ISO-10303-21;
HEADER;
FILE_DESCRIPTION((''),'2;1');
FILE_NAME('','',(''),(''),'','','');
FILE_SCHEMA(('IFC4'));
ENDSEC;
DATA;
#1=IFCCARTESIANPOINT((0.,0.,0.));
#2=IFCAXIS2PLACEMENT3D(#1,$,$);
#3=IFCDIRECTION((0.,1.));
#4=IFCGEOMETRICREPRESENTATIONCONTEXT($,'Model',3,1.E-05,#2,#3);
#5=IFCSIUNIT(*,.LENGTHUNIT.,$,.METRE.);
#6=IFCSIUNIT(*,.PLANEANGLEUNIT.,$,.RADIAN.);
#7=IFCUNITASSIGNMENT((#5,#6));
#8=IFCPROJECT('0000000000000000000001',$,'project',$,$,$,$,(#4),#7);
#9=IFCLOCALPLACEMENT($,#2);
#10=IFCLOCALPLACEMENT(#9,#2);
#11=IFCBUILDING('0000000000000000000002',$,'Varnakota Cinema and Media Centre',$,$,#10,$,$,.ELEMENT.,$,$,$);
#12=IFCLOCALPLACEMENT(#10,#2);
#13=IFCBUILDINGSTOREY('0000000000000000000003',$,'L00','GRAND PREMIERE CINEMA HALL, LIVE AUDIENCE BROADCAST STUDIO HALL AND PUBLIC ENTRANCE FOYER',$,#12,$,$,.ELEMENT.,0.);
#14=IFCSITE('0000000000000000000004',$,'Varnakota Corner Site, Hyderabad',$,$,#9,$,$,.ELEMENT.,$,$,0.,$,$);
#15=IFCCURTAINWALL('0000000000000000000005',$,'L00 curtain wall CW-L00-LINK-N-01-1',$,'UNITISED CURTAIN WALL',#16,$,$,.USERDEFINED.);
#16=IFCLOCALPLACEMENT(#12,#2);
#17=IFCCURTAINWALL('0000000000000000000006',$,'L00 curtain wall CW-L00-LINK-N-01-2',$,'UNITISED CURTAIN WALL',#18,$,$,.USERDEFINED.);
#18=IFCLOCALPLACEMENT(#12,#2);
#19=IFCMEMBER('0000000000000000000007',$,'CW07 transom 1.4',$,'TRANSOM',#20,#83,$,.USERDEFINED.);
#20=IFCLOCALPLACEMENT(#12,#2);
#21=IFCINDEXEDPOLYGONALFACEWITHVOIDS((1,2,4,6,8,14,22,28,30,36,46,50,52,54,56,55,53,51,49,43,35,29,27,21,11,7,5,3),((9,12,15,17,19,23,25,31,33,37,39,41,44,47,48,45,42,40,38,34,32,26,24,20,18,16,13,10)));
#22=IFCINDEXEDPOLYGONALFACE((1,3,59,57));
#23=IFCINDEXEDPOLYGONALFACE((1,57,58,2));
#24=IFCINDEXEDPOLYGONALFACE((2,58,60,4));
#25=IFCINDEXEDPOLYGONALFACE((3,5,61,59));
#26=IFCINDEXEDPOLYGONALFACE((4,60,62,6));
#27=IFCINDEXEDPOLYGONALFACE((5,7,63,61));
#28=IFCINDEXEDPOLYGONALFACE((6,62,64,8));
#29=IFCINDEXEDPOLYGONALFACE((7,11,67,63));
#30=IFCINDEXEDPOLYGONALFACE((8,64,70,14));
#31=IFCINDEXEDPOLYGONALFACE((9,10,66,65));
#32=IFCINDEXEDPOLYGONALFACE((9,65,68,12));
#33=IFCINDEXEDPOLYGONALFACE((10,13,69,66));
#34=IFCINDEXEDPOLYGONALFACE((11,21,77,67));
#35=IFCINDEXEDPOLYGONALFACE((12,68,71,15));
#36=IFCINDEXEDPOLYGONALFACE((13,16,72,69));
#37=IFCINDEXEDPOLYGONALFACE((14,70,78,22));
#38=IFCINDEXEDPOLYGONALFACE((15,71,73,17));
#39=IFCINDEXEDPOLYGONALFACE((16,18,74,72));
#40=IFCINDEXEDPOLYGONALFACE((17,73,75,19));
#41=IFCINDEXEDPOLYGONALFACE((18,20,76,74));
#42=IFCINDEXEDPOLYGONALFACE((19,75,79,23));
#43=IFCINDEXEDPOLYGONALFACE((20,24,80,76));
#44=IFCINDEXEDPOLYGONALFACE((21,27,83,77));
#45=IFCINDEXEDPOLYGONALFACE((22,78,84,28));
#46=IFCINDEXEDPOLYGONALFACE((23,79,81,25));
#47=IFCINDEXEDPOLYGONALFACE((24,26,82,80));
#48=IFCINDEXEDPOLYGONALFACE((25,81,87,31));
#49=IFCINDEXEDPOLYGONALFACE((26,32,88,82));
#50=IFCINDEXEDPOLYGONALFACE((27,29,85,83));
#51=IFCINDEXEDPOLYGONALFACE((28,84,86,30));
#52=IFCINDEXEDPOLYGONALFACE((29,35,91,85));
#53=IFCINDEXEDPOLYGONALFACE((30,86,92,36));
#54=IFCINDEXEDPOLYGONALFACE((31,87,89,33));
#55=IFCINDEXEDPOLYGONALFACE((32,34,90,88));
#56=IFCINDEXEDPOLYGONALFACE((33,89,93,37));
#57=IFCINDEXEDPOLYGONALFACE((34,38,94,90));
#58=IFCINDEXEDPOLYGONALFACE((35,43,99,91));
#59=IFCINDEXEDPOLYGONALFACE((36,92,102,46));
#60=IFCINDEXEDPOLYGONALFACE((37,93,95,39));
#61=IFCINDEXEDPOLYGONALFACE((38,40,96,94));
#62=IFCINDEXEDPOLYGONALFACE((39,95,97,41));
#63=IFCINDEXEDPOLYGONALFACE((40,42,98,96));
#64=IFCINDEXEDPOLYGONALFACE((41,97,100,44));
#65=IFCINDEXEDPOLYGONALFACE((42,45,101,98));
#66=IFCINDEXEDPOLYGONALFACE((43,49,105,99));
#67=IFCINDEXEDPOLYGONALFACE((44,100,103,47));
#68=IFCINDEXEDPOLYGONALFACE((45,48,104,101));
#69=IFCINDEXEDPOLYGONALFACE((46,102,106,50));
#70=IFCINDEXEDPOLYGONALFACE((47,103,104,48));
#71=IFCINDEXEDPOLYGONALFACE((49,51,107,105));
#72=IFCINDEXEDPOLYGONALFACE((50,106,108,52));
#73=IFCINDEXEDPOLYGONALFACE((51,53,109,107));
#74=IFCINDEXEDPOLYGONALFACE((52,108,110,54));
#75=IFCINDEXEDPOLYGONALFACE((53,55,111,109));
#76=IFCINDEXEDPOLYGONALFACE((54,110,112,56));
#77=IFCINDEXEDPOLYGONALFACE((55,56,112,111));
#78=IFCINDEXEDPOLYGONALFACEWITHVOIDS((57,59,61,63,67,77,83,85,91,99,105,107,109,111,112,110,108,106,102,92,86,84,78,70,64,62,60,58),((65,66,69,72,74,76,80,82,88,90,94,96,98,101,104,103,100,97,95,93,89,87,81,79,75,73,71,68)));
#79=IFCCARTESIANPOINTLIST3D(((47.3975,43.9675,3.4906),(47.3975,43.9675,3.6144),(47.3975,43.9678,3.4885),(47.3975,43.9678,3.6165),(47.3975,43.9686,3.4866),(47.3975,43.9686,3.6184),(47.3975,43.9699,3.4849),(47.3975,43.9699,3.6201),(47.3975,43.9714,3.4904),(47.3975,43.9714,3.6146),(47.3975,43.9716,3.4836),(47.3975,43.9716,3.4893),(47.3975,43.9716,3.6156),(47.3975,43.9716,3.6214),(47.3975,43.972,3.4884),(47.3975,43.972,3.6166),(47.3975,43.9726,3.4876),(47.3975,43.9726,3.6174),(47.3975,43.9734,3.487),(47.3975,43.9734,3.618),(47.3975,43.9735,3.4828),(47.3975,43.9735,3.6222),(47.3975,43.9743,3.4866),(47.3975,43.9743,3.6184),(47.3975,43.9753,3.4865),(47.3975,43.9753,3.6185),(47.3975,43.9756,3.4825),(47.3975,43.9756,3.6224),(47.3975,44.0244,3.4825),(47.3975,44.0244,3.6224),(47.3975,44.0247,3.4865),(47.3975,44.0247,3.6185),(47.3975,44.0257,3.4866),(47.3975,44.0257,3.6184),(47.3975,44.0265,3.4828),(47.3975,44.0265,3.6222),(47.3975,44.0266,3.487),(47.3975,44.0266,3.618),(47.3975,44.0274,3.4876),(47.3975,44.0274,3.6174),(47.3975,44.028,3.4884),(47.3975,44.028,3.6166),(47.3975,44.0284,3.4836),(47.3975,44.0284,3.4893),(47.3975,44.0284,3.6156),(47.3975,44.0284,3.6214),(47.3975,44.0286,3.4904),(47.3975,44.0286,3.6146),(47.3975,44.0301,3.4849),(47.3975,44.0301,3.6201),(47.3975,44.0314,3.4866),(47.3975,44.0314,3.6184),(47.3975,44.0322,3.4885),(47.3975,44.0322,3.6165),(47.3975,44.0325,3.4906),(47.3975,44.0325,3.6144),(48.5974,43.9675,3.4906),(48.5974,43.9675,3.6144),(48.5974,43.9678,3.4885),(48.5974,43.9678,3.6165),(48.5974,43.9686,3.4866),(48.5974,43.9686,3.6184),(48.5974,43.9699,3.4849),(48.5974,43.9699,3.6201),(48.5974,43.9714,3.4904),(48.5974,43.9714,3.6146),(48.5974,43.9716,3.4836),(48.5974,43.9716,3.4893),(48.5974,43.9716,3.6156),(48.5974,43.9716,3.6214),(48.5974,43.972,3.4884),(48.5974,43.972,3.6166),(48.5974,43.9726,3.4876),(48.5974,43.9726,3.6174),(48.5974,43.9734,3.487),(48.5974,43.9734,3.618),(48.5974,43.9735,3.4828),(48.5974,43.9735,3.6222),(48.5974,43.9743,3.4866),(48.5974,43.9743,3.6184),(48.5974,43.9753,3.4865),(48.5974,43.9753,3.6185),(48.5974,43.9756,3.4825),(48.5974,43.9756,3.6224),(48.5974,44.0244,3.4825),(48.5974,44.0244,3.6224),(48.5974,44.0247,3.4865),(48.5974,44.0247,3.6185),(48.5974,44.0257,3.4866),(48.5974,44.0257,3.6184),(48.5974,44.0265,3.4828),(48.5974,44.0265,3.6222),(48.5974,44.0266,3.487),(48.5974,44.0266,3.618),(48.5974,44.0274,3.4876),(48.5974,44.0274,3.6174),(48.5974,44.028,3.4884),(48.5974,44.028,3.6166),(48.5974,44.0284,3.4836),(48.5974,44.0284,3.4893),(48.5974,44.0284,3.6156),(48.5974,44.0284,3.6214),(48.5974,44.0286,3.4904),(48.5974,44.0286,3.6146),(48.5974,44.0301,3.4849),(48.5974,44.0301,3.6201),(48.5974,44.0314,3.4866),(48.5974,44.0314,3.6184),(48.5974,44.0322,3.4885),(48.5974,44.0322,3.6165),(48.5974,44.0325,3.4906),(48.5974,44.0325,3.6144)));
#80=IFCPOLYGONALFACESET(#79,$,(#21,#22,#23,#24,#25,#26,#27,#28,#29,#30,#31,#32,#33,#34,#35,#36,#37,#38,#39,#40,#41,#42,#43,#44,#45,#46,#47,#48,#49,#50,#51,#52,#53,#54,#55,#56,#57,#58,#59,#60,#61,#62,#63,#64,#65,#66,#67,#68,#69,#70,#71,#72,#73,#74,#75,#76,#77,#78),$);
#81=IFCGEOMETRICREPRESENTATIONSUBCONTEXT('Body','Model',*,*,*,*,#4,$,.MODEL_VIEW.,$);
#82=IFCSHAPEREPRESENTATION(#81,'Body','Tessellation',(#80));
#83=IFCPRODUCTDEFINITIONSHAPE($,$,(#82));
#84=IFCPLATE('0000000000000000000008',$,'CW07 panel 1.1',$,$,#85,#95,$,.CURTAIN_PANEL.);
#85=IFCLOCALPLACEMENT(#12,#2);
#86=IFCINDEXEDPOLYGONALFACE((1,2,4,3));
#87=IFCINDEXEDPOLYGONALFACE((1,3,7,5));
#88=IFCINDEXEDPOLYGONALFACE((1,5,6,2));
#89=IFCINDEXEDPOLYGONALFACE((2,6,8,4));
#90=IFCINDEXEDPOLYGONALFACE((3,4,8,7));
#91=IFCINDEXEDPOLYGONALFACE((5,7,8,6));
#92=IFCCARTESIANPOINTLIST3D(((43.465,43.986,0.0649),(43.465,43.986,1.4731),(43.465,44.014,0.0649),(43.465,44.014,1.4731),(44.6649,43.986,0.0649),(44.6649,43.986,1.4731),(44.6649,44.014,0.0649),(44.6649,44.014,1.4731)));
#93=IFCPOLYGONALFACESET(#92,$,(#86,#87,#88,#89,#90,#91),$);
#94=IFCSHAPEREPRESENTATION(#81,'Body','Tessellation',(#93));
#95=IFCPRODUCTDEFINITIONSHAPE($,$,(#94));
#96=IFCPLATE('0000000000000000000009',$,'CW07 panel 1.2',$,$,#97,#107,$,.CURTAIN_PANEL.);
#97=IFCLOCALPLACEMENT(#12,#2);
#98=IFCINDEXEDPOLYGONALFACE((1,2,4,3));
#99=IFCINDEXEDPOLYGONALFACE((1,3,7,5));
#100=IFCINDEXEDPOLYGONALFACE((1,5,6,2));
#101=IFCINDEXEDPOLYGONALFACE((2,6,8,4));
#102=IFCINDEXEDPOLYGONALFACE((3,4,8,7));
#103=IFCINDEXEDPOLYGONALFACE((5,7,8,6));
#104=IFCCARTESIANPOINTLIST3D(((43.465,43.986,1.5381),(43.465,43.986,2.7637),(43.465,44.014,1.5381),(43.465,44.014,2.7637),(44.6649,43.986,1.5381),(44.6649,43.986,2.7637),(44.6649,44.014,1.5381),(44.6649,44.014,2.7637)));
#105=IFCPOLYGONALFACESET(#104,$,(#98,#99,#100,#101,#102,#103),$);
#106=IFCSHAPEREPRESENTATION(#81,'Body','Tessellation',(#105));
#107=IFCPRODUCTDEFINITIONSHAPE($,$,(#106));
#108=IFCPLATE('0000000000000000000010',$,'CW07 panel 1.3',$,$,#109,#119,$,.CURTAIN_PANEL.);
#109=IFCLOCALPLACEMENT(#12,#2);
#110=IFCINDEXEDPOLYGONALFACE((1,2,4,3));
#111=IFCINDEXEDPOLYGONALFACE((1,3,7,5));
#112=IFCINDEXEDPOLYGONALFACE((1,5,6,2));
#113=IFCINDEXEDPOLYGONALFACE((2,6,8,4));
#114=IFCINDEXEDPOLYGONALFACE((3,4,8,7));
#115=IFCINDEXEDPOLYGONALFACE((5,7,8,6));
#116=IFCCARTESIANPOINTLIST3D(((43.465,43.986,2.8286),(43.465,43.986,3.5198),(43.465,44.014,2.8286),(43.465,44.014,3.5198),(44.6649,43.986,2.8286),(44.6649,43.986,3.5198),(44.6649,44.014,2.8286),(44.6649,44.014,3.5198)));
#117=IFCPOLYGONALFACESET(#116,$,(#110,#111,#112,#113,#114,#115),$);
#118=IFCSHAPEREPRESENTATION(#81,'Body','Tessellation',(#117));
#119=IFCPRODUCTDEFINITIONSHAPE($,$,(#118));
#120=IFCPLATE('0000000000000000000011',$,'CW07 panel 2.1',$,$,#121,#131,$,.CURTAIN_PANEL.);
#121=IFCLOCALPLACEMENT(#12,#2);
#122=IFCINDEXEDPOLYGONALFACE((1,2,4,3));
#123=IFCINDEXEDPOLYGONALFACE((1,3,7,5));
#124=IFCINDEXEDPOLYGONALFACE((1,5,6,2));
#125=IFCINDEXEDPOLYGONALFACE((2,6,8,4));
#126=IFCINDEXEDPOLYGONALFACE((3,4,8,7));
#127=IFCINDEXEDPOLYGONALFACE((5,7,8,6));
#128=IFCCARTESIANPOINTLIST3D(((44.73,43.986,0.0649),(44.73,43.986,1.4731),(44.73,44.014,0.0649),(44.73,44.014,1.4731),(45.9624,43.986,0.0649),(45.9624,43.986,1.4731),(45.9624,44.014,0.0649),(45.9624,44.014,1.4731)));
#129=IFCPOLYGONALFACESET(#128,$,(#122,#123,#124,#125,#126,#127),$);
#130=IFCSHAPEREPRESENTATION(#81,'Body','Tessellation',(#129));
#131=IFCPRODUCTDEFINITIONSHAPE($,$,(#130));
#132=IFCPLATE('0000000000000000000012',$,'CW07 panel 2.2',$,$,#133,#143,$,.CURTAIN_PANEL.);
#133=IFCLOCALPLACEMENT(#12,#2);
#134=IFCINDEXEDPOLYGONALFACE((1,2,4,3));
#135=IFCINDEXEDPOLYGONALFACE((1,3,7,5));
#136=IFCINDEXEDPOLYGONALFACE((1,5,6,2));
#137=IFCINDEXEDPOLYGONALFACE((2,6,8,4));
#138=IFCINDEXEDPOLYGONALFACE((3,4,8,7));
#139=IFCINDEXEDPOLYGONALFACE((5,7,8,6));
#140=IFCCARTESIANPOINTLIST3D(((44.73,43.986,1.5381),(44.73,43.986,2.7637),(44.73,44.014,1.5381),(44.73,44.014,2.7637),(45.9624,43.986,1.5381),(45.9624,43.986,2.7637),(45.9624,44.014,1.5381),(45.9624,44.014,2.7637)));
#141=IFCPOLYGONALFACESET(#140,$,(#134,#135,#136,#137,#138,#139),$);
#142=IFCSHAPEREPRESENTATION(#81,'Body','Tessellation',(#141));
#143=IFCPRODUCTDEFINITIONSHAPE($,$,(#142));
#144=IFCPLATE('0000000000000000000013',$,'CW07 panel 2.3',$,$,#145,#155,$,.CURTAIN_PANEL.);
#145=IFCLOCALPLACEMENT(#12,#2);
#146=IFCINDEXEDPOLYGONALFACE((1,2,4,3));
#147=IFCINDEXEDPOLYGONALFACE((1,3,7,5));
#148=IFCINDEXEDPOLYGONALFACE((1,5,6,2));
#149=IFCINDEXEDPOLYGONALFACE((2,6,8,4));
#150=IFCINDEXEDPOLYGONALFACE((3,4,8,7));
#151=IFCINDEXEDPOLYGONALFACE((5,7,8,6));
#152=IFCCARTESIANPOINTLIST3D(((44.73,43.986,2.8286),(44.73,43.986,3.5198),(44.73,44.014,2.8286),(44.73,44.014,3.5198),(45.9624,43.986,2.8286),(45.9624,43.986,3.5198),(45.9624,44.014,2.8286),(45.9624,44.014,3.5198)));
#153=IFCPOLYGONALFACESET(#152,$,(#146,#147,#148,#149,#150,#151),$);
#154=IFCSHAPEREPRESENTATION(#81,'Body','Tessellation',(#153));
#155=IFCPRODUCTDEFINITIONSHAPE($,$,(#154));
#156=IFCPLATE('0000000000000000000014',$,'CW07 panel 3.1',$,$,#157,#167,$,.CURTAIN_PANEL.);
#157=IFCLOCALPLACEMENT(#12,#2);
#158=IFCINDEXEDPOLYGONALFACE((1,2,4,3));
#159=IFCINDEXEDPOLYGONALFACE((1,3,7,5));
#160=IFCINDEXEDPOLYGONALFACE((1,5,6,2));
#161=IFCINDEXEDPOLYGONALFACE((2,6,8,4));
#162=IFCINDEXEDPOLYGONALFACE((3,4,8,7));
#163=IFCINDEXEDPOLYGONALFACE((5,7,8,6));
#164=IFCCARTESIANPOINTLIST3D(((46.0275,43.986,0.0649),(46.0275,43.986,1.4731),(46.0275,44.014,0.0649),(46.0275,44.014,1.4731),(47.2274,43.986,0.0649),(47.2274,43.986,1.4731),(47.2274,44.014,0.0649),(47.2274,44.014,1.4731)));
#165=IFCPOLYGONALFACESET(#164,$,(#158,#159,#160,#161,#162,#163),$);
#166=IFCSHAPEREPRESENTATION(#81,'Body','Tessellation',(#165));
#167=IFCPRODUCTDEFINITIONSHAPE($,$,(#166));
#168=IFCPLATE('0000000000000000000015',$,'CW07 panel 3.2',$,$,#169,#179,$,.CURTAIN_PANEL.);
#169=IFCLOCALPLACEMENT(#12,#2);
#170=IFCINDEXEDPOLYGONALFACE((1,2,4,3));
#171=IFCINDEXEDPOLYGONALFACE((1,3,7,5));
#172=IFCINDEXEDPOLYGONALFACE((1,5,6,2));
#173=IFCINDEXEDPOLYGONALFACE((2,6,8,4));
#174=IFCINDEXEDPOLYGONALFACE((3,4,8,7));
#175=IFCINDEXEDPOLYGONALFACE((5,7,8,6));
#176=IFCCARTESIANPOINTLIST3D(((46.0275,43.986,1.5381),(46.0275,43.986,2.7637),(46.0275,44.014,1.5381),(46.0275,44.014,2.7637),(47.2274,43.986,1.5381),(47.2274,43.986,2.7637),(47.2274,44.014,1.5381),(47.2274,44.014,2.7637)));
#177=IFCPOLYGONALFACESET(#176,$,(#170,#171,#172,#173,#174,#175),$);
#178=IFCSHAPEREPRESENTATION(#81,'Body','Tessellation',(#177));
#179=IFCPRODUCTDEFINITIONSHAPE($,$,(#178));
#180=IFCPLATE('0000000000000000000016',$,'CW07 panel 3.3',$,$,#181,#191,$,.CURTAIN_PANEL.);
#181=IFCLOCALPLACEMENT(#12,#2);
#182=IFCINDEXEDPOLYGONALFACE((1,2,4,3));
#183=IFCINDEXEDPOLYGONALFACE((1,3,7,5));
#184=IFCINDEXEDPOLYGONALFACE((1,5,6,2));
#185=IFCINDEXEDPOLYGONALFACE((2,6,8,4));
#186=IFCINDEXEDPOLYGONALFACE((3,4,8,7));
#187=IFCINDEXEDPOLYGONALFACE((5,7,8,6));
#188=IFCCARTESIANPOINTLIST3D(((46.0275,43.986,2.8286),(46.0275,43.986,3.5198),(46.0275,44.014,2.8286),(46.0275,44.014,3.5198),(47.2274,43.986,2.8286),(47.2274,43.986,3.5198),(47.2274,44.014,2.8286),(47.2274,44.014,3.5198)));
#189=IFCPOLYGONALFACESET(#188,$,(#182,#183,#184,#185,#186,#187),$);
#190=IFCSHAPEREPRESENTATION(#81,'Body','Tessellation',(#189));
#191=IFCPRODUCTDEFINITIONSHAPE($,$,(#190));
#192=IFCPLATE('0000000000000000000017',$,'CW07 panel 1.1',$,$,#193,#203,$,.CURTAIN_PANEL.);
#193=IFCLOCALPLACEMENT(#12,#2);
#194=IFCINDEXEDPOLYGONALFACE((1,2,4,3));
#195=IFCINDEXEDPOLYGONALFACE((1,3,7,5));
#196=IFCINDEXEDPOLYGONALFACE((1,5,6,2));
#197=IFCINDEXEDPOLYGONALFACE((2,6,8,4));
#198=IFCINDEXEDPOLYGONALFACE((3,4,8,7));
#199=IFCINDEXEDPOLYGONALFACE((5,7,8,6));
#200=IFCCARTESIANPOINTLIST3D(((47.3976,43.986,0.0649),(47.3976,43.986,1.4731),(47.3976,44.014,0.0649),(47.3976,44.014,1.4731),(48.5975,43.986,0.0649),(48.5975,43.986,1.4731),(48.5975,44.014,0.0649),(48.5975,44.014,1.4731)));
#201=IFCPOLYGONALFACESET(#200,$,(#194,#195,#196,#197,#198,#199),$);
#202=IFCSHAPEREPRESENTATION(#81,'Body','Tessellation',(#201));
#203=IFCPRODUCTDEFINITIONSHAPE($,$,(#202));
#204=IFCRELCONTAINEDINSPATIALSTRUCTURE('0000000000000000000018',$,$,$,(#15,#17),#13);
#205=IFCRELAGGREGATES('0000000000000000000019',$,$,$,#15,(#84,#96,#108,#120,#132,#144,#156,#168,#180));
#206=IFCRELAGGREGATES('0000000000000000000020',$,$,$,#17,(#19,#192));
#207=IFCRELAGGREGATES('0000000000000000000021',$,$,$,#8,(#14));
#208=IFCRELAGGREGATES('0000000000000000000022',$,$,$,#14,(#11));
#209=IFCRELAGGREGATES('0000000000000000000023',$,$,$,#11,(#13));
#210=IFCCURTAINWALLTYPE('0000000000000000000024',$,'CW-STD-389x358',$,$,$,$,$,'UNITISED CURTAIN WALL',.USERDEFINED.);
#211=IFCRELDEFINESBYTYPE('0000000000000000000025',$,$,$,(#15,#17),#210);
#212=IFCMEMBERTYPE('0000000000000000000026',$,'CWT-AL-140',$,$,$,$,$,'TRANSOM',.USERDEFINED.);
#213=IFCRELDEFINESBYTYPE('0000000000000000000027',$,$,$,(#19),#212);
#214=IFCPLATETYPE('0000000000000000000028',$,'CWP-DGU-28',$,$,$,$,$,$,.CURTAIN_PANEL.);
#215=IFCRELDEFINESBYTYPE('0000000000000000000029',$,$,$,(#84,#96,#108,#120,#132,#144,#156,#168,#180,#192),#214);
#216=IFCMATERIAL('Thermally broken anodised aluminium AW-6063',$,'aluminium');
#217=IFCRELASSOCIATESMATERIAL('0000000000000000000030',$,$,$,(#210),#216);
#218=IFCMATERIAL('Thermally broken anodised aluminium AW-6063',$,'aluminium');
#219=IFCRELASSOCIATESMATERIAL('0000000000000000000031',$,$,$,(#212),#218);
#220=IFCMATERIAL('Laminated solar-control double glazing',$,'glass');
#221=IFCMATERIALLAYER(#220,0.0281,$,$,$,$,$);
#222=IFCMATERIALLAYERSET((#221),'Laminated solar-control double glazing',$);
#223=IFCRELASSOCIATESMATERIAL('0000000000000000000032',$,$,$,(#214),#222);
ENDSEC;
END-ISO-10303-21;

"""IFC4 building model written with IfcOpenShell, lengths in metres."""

from ifc_helpers import new_model, si_unit, direction, frame, origin, origin_2d, place, context, subcontext, project, spatial, rectangle, hollow_rectangle, extrude, material, layer, layer_set, material_profile, profile_set, type_object, element, aggregate, save


model = new_model("IFC4")

# Units and contexts
model_context = context("Model", 3, precision=1e-05, world=origin(), true_north=direction((0.0, 1.0)))
body_context = subcontext(model_context, "Body", "Model", "MODEL_VIEW")
ifc_project = project(units=[si_unit("LENGTHUNIT", "METRE"), si_unit("PLANEANGLEUNIT", "RADIAN")], contexts=[model_context])

# Site, building, storey
site_placement = place(None, origin())
site = spatial("IfcSite", under=ifc_project, at=site_placement, Name="Varnakota Corner Site, Hyderabad", CompositionType="ELEMENT", RefElevation=0.0)
building_placement = place(site_placement, origin())
building = spatial("IfcBuilding", under=site, at=building_placement, Name="Varnakota Cinema and Media Centre", CompositionType="ELEMENT")
storey_placement = place(building_placement, origin())
storey = spatial("IfcBuildingStorey", under=building, at=storey_placement, Name="L00", Description="GRAND PREMIERE CINEMA HALL, LIVE AUDIENCE BROADCAST STUDIO HALL AND PUBLIC ENTRANCE FOYER", CompositionType="ELEMENT", Elevation=0.0)

# Curtain wall
ifc_material_1 = material(Name="Thermally broken anodised aluminium AW-6063", Category="aluminium")
curtain_wall_type = type_object("IfcCurtainWallType", Name="CW-STD-389x358", ElementType="UNITISED CURTAIN WALL", PredefinedType="USERDEFINED", material=ifc_material_1)
curtain_wall_1_placement = place(storey_placement, origin())
curtain_wall_1 = element("IfcCurtainWall", 1, at=curtain_wall_1_placement, inside=storey, type_object=curtain_wall_type, Name="L00 curtain wall CW-L00-LINK-N-01-1", ObjectType="UNITISED CURTAIN WALL", PredefinedType="USERDEFINED")

# Curtain wall
curtain_wall_2_placement = place(storey_placement, origin())
curtain_wall_2 = element("IfcCurtainWall", 2, at=curtain_wall_2_placement, inside=storey, type_object=curtain_wall_type, Name="L00 curtain wall CW-L00-LINK-N-01-2", ObjectType="UNITISED CURTAIN WALL", PredefinedType="USERDEFINED")

# Member
ifc_material_2 = material(Name="Thermally broken anodised aluminium AW-6063", Category="aluminium")
ifc_material_profile_1 = material_profile(ifc_material_2, hollow_rectangle(XDim=0.0649, YDim=0.1399, WallThickness=0.0039, InnerFilletRadius=0.0039, OuterFilletRadius=0.0081, at=origin_2d()), Name="AL-TRANSOM 140x65x4")
ifc_profile_set_1 = profile_set([ifc_material_profile_1], Name="Thermally broken anodised aluminium AW-6063")
member_type_1 = type_object("IfcMemberType", Name="CWT-AL-140", ElementType="TRANSOM", PredefinedType="USERDEFINED", material=ifc_profile_set_1)
member_1_placement = place(storey_placement, frame((47.3975, 44.0, 3.5525), z_axis=(1.0, 0.0, 0.0), x_axis=(0.0, 1.0, 0.0)))
member_1 = element("IfcMember", 3, at=member_1_placement, type_object=member_type_1, Name="CW07 transom 1.4", ObjectType="TRANSOM", PredefinedType="USERDEFINED", context=body_context, shape_type="SweptSolid", body=[
    extrude(hollow_rectangle(XDim=0.0649, YDim=0.1399, WallThickness=0.0039, InnerFilletRadius=0.0039, OuterFilletRadius=0.0081, at=origin_2d()), origin(), (0.0, 0.0, 1.0), 1.2),
])

# Plates
ifc_material_3 = material(Name="Laminated solar-control double glazing", Category="glass")
ifc_layer = layer(ifc_material_3, 0.0281)
ifc_layer_set = layer_set([ifc_layer], Name="Laminated solar-control double glazing")
plate_type = type_object("IfcPlateType", Name="CWP-DGU-28", PredefinedType="CURTAIN_PANEL", material=ifc_layer_set)
plate_1_placement = place(storey_placement, frame((44.0649, 44.0, 0.0649), z_axis=(0.0, 0.0, 1.0), x_axis=(1.0, 0.0, 0.0)))
plate_1 = element("IfcPlate", 4, at=plate_1_placement, type_object=plate_type, Name="CW07 panel 1.1", PredefinedType="CURTAIN_PANEL", context=body_context, shape_type="SweptSolid", body=[
    extrude(rectangle(XDim=1.2, YDim=0.0281, at=origin_2d()), origin(), (0.0, 0.0, 1.0), 1.4082),
])
plate_2_placement = place(storey_placement, frame((44.0649, 44.0, 1.5381), z_axis=(0.0, 0.0, 1.0), x_axis=(1.0, 0.0, 0.0)))
plate_2 = element("IfcPlate", 5, at=plate_2_placement, type_object=plate_type, Name="CW07 panel 1.2", PredefinedType="CURTAIN_PANEL", context=body_context, shape_type="SweptSolid", body=[
    extrude(rectangle(XDim=1.2, YDim=0.0281, at=origin_2d()), origin(), (0.0, 0.0, 1.0), 1.2256),
])
plate_3_placement = place(storey_placement, frame((44.0649, 44.0, 2.8286), z_axis=(0.0, 0.0, 1.0), x_axis=(1.0, 0.0, 0.0)))
plate_3 = element("IfcPlate", 6, at=plate_3_placement, type_object=plate_type, Name="CW07 panel 1.3", PredefinedType="CURTAIN_PANEL", context=body_context, shape_type="SweptSolid", body=[
    extrude(rectangle(XDim=1.2, YDim=0.0281, at=origin_2d()), origin(), (0.0, 0.0, 1.0), 0.6912),
])
plate_4_placement = place(storey_placement, frame((45.3462, 44.0, 0.0649), z_axis=(0.0, 0.0, 1.0), x_axis=(1.0, 0.0, 0.0)))
plate_4 = element("IfcPlate", 7, at=plate_4_placement, type_object=plate_type, Name="CW07 panel 2.1", PredefinedType="CURTAIN_PANEL", context=body_context, shape_type="SweptSolid", body=[
    extrude(rectangle(XDim=1.2324, YDim=0.0281, at=origin_2d()), origin(), (0.0, 0.0, 1.0), 1.4082),
])
plate_5_placement = place(storey_placement, frame((45.3462, 44.0, 1.5381), z_axis=(0.0, 0.0, 1.0), x_axis=(1.0, 0.0, 0.0)))
plate_5 = element("IfcPlate", 8, at=plate_5_placement, type_object=plate_type, Name="CW07 panel 2.2", PredefinedType="CURTAIN_PANEL", context=body_context, shape_type="SweptSolid", body=[
    extrude(rectangle(XDim=1.2324, YDim=0.0281, at=origin_2d()), origin(), (0.0, 0.0, 1.0), 1.2256),
])
plate_6_placement = place(storey_placement, frame((45.3462, 44.0, 2.8286), z_axis=(0.0, 0.0, 1.0), x_axis=(1.0, 0.0, 0.0)))
plate_6 = element("IfcPlate", 9, at=plate_6_placement, type_object=plate_type, Name="CW07 panel 2.3", PredefinedType="CURTAIN_PANEL", context=body_context, shape_type="SweptSolid", body=[
    extrude(rectangle(XDim=1.2324, YDim=0.0281, at=origin_2d()), origin(), (0.0, 0.0, 1.0), 0.6912),
])
plate_7_placement = place(storey_placement, frame((46.6274, 44.0, 0.0649), z_axis=(0.0, 0.0, 1.0), x_axis=(1.0, 0.0, 0.0)))
plate_7 = element("IfcPlate", 10, at=plate_7_placement, type_object=plate_type, Name="CW07 panel 3.1", PredefinedType="CURTAIN_PANEL", context=body_context, shape_type="SweptSolid", body=[
    extrude(rectangle(XDim=1.2, YDim=0.0281, at=origin_2d()), origin(), (0.0, 0.0, 1.0), 1.4082),
])
plate_8_placement = place(storey_placement, frame((46.6274, 44.0, 1.5381), z_axis=(0.0, 0.0, 1.0), x_axis=(1.0, 0.0, 0.0)))
plate_8 = element("IfcPlate", 11, at=plate_8_placement, type_object=plate_type, Name="CW07 panel 3.2", PredefinedType="CURTAIN_PANEL", context=body_context, shape_type="SweptSolid", body=[
    extrude(rectangle(XDim=1.2, YDim=0.0281, at=origin_2d()), origin(), (0.0, 0.0, 1.0), 1.2256),
])
plate_9_placement = place(storey_placement, frame((46.6274, 44.0, 2.8286), z_axis=(0.0, 0.0, 1.0), x_axis=(1.0, 0.0, 0.0)))
plate_9 = element("IfcPlate", 12, at=plate_9_placement, type_object=plate_type, Name="CW07 panel 3.3", PredefinedType="CURTAIN_PANEL", context=body_context, shape_type="SweptSolid", body=[
    extrude(rectangle(XDim=1.2, YDim=0.0281, at=origin_2d()), origin(), (0.0, 0.0, 1.0), 0.6912),
])
aggregate(curtain_wall_1, [plate_1, plate_2, plate_3, plate_4, plate_5, plate_6, plate_7, plate_8, plate_9])
plate_10_placement = place(storey_placement, frame((47.9976, 44.0, 0.0649), z_axis=(0.0, 0.0, 1.0), x_axis=(1.0, 0.0, 0.0)))
plate_10 = element("IfcPlate", 13, at=plate_10_placement, type_object=plate_type, Name="CW07 panel 1.1", PredefinedType="CURTAIN_PANEL", context=body_context, shape_type="SweptSolid", body=[
    extrude(rectangle(XDim=1.2, YDim=0.0281, at=origin_2d()), origin(), (0.0, 0.0, 1.0), 1.4082),
])
aggregate(curtain_wall_2, [member_1, plate_10])

save(model, "model.ifc")
